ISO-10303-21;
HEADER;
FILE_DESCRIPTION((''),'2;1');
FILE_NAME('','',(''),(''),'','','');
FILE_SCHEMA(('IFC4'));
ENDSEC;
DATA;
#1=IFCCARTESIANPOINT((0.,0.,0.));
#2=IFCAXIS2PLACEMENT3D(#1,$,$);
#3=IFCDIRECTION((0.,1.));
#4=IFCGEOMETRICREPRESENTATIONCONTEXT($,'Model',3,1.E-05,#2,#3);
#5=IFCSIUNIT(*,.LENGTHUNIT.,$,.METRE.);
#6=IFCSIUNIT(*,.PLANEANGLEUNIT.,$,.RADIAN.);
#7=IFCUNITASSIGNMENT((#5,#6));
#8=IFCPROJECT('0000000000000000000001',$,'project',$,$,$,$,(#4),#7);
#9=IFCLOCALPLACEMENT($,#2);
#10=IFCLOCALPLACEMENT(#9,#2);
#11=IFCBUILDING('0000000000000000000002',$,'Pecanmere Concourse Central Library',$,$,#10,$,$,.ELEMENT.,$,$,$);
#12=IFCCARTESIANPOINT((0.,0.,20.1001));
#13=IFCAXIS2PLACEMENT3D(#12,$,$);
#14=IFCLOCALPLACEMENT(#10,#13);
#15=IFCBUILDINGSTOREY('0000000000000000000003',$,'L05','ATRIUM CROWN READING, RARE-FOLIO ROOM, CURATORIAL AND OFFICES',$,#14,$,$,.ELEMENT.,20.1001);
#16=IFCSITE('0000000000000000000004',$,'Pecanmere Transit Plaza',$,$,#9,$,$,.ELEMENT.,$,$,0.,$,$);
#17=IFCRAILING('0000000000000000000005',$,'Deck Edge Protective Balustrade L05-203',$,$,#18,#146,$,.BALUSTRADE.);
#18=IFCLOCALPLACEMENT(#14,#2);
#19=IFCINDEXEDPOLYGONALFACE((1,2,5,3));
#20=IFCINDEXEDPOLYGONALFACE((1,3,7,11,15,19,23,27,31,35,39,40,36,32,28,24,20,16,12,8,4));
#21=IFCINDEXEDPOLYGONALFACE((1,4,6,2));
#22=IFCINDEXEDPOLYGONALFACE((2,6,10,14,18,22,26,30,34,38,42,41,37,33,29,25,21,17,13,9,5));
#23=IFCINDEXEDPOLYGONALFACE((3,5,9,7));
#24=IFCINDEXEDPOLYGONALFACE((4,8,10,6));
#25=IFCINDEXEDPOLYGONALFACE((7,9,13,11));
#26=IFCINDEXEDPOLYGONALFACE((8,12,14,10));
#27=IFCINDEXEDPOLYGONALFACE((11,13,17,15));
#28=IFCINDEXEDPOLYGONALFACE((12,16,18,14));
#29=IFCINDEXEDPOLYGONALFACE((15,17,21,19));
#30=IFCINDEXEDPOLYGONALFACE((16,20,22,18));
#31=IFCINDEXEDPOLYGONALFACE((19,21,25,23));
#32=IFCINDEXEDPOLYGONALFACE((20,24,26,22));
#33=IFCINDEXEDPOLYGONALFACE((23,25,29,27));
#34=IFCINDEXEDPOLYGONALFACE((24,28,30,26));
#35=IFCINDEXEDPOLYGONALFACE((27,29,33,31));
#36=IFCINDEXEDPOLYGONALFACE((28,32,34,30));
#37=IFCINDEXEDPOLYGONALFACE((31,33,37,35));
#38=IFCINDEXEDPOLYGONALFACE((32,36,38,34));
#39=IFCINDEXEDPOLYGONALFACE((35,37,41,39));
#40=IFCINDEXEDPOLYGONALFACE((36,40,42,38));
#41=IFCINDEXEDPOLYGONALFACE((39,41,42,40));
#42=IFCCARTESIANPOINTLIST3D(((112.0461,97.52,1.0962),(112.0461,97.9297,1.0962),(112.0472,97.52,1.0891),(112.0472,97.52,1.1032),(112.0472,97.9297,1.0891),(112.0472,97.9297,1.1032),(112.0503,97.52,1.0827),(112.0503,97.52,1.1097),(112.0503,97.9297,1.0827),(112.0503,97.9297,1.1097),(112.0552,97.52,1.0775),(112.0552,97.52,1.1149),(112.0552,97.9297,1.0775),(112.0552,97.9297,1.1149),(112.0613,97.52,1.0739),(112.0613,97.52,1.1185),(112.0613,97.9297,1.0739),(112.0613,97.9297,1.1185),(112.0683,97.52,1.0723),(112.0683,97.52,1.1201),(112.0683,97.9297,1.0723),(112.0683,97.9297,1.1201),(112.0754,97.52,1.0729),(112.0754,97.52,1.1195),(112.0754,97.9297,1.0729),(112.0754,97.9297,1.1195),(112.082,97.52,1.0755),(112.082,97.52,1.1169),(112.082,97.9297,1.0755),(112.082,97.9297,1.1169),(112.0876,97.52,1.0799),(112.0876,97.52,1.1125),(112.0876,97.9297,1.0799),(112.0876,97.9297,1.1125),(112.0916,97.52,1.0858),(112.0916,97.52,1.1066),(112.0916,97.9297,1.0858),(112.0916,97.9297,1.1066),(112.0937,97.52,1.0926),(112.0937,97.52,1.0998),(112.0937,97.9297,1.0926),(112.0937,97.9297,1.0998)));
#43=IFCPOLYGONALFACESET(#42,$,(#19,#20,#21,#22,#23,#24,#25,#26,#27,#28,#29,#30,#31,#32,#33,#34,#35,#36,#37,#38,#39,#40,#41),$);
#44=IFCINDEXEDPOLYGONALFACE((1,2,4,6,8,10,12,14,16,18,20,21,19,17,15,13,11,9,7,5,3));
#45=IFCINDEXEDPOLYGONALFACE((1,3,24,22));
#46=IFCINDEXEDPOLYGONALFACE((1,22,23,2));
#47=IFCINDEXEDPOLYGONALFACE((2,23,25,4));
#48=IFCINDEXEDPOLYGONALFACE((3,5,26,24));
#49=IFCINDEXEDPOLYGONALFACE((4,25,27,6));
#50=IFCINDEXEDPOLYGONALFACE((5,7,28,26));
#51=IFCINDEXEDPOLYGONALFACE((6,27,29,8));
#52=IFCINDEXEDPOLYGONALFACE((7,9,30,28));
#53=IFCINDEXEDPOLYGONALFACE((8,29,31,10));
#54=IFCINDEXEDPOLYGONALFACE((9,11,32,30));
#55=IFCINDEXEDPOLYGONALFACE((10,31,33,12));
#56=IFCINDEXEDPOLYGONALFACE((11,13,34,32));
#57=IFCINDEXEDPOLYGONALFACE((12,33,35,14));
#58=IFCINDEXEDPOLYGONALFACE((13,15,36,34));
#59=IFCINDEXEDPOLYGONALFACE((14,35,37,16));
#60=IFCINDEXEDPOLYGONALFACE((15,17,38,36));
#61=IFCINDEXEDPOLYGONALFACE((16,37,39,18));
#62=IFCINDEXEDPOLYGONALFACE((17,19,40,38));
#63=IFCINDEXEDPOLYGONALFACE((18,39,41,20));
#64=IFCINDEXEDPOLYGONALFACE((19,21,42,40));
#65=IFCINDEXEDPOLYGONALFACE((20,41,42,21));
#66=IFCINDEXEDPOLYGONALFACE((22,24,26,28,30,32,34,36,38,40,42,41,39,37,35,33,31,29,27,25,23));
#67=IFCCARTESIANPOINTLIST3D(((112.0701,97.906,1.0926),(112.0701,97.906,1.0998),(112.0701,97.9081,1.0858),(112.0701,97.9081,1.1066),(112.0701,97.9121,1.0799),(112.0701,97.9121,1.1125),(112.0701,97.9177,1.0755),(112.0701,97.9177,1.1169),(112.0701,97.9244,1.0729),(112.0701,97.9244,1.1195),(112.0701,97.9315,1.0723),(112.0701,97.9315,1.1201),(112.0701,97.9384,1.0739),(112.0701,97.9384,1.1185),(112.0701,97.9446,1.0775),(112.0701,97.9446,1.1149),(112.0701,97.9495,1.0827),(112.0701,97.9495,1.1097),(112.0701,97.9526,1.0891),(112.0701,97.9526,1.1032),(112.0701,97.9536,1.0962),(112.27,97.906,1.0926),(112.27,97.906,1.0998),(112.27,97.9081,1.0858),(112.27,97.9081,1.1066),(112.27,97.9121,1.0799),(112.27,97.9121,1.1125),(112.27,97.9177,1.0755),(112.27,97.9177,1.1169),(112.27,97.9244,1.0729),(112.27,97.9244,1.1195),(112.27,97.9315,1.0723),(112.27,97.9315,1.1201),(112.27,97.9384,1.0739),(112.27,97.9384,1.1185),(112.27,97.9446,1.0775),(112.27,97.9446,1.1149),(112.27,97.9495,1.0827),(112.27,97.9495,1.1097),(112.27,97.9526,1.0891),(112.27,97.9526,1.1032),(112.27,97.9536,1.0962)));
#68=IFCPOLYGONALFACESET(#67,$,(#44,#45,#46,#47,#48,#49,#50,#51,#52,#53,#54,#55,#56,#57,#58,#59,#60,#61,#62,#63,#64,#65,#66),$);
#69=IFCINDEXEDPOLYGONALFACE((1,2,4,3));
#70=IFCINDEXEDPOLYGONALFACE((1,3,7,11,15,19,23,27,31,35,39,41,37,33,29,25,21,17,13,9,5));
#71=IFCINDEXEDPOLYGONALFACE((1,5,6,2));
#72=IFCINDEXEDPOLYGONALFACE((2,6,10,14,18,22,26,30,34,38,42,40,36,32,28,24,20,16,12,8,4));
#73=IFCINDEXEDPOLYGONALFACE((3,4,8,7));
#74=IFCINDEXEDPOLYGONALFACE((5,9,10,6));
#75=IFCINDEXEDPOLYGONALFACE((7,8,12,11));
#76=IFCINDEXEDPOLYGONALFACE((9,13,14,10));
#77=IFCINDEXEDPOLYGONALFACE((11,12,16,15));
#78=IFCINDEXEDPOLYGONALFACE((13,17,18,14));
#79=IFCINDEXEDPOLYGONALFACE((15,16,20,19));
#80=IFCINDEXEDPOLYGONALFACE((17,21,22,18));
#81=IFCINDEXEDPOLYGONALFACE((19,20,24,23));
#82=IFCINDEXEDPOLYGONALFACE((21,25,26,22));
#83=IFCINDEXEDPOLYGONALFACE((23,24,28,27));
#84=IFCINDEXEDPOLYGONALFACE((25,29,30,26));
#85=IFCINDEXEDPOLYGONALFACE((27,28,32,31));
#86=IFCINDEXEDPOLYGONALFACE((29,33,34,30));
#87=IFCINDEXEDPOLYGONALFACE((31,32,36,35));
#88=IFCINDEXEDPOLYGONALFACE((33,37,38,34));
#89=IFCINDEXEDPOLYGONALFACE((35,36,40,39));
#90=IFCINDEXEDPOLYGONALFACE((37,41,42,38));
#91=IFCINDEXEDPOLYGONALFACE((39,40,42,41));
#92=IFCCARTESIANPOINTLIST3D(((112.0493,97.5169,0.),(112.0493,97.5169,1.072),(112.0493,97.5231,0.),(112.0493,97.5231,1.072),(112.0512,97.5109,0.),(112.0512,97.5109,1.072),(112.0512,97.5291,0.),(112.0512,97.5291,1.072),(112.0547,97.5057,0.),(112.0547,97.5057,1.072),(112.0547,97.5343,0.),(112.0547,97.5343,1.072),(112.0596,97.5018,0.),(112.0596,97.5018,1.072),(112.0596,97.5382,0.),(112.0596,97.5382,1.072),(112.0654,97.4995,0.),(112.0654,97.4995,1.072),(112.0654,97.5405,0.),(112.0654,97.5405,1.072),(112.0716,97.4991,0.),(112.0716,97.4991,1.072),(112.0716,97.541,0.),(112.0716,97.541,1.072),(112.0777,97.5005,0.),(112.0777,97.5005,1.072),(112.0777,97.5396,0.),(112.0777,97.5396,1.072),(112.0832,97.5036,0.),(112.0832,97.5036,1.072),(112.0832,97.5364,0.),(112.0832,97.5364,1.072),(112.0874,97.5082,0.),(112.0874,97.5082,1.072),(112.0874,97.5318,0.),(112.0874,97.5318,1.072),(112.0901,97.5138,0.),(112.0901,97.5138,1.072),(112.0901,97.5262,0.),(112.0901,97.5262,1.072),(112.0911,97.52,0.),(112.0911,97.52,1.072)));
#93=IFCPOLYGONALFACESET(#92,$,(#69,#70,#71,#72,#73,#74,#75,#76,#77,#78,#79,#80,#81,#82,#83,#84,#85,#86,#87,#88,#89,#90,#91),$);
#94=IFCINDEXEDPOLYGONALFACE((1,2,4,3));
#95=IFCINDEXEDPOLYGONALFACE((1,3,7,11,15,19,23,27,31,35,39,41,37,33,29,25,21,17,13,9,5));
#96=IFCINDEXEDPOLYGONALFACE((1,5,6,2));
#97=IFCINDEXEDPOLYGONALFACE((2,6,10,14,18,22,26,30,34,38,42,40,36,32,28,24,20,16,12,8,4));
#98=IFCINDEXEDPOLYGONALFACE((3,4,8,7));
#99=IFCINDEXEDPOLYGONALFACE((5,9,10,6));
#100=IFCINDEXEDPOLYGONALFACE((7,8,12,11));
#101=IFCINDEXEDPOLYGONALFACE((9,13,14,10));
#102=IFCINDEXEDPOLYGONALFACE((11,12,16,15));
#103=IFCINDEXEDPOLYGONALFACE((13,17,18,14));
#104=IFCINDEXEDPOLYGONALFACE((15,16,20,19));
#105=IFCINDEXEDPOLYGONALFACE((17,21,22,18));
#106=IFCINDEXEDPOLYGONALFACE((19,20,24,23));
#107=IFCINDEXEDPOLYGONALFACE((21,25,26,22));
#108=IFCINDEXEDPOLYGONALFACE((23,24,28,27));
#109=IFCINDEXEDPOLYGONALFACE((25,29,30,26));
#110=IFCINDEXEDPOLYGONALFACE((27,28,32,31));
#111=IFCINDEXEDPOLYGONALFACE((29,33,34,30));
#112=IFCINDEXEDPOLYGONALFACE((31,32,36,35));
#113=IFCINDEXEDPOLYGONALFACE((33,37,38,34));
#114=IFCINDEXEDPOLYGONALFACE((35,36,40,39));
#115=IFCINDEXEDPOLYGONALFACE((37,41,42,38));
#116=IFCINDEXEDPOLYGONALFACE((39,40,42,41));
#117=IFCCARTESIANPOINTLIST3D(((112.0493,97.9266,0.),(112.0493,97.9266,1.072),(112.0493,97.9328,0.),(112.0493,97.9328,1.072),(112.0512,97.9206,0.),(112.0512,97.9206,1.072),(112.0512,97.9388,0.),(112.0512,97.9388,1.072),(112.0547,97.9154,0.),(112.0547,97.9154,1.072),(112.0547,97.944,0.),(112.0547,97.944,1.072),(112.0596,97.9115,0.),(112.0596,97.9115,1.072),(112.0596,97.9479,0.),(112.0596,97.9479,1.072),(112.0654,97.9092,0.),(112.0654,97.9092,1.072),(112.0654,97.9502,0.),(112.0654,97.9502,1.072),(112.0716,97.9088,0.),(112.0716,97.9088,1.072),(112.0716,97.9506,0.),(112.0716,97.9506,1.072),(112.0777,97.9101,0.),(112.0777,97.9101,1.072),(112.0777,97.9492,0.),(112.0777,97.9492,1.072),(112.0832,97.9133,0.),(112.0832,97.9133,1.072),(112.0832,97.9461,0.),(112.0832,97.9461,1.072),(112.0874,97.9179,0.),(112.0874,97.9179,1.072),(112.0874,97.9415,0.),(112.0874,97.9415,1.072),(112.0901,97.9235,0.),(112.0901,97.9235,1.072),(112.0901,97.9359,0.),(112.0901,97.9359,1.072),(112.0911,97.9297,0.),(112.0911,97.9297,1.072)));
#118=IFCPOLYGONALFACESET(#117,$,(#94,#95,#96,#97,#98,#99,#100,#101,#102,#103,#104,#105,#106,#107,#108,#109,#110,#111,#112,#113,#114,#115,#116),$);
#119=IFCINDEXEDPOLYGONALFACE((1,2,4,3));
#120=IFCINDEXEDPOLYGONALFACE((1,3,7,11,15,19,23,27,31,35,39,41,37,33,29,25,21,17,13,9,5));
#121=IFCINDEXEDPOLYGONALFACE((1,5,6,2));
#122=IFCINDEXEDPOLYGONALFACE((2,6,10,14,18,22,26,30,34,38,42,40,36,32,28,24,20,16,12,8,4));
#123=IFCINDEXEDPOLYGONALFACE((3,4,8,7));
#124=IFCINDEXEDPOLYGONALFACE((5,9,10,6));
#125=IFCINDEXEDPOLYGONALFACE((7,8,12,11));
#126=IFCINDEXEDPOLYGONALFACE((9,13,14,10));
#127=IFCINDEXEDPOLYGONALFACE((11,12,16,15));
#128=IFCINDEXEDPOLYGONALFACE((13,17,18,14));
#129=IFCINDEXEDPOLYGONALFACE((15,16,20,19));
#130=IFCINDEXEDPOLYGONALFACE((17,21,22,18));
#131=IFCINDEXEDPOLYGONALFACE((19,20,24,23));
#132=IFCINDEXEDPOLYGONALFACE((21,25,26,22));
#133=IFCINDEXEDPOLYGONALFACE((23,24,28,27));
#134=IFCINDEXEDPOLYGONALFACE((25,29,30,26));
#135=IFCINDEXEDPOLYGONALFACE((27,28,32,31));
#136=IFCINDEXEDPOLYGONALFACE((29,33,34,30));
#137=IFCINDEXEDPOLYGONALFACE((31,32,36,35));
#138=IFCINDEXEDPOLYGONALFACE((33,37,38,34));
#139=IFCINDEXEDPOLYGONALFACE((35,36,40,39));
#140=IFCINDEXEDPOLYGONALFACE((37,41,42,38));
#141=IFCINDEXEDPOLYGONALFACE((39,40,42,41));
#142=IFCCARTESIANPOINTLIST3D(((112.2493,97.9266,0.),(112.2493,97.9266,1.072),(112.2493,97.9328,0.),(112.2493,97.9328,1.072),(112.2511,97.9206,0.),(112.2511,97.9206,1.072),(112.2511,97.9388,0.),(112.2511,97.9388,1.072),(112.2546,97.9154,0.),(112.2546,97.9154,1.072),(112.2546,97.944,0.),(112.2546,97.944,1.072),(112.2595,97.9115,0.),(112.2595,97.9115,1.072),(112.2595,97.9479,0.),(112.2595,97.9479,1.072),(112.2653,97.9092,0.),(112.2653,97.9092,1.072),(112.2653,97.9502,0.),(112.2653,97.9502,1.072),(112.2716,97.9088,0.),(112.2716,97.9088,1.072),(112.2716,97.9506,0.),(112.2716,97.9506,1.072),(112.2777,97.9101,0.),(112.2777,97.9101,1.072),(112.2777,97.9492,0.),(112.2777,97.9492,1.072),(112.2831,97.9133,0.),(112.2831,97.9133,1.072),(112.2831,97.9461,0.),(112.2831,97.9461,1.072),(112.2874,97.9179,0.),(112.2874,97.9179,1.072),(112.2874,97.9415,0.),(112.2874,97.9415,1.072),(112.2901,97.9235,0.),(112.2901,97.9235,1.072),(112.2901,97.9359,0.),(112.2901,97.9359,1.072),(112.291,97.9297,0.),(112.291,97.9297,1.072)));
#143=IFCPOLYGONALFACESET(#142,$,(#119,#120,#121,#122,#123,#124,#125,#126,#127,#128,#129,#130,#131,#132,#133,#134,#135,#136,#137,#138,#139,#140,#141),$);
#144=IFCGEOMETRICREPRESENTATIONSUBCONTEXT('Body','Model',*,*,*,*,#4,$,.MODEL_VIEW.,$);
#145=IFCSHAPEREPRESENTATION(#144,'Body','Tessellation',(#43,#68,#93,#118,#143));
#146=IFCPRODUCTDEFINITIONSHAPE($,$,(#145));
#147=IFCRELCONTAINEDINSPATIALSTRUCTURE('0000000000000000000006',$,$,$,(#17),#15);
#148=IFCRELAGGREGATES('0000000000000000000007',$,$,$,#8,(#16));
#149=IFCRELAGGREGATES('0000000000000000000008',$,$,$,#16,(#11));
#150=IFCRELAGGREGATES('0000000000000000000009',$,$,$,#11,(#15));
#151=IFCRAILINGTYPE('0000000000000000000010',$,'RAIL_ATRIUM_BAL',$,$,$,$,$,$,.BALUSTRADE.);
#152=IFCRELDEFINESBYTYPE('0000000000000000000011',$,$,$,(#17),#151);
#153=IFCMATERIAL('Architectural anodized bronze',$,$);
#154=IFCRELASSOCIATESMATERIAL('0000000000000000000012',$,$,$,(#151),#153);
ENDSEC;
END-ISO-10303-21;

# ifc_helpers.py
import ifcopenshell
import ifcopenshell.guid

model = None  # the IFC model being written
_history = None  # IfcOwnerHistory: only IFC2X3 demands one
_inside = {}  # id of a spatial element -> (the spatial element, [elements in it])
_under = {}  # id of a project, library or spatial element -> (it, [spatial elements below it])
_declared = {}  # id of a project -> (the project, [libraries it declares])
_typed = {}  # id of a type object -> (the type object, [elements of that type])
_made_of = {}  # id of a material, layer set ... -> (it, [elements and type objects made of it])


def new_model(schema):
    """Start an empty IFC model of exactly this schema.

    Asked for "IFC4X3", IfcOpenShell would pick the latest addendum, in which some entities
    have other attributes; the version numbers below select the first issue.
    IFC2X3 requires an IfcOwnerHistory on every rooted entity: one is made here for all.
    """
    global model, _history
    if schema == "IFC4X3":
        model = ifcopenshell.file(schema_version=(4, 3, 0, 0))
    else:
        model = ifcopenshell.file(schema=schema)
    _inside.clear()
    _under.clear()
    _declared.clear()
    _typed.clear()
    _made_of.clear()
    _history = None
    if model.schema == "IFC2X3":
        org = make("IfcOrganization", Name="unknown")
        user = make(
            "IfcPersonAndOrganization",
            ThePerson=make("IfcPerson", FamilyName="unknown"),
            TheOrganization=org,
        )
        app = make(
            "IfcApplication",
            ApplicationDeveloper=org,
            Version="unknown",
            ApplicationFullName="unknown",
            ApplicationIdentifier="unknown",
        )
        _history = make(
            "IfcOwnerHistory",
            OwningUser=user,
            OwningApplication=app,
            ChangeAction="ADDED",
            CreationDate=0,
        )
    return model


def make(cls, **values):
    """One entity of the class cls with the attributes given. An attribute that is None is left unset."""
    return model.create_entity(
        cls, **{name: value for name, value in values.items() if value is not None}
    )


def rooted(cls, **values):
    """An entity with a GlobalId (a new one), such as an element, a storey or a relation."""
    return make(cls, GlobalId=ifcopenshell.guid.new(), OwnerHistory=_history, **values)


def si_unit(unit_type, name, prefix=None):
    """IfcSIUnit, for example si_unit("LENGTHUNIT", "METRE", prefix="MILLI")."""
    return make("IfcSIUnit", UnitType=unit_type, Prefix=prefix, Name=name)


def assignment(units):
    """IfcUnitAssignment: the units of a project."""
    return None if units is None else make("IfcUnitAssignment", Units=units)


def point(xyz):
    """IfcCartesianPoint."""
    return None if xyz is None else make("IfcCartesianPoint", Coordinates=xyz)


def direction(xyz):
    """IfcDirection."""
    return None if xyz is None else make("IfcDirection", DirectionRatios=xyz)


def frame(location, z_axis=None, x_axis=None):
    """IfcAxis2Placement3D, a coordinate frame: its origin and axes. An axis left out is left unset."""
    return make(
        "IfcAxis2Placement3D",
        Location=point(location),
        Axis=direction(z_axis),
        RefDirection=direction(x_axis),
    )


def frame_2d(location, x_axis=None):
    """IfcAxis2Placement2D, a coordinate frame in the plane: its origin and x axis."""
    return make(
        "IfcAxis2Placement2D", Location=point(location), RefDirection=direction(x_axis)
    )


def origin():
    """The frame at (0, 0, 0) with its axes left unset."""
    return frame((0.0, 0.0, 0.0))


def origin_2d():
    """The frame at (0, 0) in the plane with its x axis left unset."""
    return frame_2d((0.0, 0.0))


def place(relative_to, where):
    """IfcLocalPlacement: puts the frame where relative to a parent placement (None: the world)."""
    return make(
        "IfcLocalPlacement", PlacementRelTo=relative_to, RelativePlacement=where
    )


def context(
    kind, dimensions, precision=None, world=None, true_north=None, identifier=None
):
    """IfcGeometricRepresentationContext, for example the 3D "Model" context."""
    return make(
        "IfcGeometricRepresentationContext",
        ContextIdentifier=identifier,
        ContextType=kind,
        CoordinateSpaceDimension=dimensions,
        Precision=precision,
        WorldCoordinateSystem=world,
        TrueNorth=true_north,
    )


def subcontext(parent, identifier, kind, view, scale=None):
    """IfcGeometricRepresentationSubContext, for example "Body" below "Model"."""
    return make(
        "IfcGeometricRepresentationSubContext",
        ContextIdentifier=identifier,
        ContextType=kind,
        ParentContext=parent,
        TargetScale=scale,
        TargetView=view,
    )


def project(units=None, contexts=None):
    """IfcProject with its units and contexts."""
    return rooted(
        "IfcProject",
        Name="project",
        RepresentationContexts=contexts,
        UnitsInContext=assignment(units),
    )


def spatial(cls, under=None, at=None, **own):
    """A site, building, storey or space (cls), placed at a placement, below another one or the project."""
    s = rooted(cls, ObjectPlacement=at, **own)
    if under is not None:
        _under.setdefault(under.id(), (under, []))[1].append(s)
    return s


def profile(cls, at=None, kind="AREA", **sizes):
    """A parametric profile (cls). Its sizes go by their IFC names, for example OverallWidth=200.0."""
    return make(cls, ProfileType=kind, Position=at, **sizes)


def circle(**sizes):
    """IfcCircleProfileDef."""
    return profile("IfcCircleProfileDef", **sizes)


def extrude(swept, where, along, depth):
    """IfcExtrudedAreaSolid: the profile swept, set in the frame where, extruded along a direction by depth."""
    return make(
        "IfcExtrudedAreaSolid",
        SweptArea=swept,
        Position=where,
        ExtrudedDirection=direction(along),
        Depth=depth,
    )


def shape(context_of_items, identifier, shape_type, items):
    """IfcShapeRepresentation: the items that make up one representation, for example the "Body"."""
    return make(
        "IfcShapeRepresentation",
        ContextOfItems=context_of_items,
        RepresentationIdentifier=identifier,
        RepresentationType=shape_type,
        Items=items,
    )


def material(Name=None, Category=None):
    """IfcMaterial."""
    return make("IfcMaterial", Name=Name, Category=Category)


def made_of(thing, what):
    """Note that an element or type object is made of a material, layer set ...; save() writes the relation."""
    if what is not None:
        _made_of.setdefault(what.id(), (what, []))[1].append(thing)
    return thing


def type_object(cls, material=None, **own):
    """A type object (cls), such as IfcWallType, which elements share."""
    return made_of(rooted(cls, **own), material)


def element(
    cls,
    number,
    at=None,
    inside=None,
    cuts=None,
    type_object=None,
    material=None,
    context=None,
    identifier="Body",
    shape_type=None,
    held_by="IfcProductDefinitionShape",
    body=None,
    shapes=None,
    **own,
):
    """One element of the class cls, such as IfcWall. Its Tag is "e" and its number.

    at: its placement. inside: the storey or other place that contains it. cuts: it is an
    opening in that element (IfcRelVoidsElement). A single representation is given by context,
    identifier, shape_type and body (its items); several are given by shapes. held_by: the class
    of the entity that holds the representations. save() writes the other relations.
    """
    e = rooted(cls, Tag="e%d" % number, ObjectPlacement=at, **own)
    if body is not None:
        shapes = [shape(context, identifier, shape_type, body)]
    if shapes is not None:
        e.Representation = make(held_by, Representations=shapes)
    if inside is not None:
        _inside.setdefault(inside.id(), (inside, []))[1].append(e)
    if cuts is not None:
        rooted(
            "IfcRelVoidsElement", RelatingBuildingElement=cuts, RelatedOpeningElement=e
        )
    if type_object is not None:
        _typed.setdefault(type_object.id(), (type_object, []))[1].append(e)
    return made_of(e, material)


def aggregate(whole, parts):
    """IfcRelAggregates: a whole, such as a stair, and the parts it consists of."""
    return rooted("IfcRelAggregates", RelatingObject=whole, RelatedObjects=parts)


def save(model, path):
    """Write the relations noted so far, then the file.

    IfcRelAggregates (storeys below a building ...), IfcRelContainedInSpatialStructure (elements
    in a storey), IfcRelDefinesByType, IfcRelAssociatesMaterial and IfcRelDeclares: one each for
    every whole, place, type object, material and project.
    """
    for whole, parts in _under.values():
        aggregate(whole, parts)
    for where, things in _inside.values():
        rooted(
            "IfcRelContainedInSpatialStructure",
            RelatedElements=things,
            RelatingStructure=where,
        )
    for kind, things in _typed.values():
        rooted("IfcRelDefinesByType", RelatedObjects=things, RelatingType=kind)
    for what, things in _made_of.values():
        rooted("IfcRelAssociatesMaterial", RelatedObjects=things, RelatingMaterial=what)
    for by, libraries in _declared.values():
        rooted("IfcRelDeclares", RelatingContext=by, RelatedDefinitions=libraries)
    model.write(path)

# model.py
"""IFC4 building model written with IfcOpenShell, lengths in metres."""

from ifc_helpers import new_model, si_unit, direction, frame, origin, origin_2d, place, context, subcontext, project, spatial, circle, extrude, material, type_object, element, save


model = new_model("IFC4")

# Units and contexts
model_context = context("Model", 3, precision=1e-05, world=origin(), true_north=direction((0.0, 1.0)))
body_context = subcontext(model_context, "Body", "Model", "MODEL_VIEW")
ifc_project = project(units=[si_unit("LENGTHUNIT", "METRE"), si_unit("PLANEANGLEUNIT", "RADIAN")], contexts=[model_context])

# Site, building, storey
site_placement = place(None, origin())
site = spatial("IfcSite", under=ifc_project, at=site_placement, Name="Pecanmere Transit Plaza", CompositionType="ELEMENT", RefElevation=0.0)
building_placement = place(site_placement, origin())
building = spatial("IfcBuilding", under=site, at=building_placement, Name="Pecanmere Concourse Central Library", CompositionType="ELEMENT")
storey_placement = place(building_placement, frame((0.0, 0.0, 20.1001)))
storey = spatial("IfcBuildingStorey", under=building, at=storey_placement, Name="L05", Description="ATRIUM CROWN READING, RARE-FOLIO ROOM, CURATORIAL AND OFFICES", CompositionType="ELEMENT", Elevation=20.1001)

# Railing
ifc_material_1 = material(Name="Architectural anodized bronze")
railing_type = type_object("IfcRailingType", Name="RAIL_ATRIUM_BAL", PredefinedType="BALUSTRADE", material=ifc_material_1)
railing_placement = place(storey_placement, frame((112.0701, 97.52, 0.0)))
element("IfcRailing", 1, at=railing_placement, inside=storey, type_object=railing_type, Name="Deck Edge Protective Balustrade L05-203", PredefinedType="BALUSTRADE", context=body_context, shape_type="SweptSolid", body=[
    extrude(circle(Radius=0.0239, at=origin_2d()), frame((0.0, 0.0, 1.0962), z_axis=(0.0, 1.0, 0.0), x_axis=(-1.0, 0.0, 0.0)), (0.0, 0.0, 1.0), 0.4097),
    extrude(circle(Radius=0.0239, at=origin_2d()), frame((0.0, 0.4097, 1.0962), z_axis=(1.0, 0.0, 0.0), x_axis=(0.0, 1.0, 0.0)), (0.0, 0.0, 1.0), 0.2),
    extrude(circle(Radius=0.021, at=origin_2d()), origin(), (0.0, 0.0, 1.0), 1.072),
    extrude(circle(Radius=0.021, at=origin_2d()), frame((0.0, 0.4097, 0.0)), (0.0, 0.0, 1.0), 1.072),
    extrude(circle(Radius=0.021, at=origin_2d()), frame((0.2, 0.4097, 0.0)), (0.0, 0.0, 1.0), 1.072),
])

save(model, "model.ifc")
